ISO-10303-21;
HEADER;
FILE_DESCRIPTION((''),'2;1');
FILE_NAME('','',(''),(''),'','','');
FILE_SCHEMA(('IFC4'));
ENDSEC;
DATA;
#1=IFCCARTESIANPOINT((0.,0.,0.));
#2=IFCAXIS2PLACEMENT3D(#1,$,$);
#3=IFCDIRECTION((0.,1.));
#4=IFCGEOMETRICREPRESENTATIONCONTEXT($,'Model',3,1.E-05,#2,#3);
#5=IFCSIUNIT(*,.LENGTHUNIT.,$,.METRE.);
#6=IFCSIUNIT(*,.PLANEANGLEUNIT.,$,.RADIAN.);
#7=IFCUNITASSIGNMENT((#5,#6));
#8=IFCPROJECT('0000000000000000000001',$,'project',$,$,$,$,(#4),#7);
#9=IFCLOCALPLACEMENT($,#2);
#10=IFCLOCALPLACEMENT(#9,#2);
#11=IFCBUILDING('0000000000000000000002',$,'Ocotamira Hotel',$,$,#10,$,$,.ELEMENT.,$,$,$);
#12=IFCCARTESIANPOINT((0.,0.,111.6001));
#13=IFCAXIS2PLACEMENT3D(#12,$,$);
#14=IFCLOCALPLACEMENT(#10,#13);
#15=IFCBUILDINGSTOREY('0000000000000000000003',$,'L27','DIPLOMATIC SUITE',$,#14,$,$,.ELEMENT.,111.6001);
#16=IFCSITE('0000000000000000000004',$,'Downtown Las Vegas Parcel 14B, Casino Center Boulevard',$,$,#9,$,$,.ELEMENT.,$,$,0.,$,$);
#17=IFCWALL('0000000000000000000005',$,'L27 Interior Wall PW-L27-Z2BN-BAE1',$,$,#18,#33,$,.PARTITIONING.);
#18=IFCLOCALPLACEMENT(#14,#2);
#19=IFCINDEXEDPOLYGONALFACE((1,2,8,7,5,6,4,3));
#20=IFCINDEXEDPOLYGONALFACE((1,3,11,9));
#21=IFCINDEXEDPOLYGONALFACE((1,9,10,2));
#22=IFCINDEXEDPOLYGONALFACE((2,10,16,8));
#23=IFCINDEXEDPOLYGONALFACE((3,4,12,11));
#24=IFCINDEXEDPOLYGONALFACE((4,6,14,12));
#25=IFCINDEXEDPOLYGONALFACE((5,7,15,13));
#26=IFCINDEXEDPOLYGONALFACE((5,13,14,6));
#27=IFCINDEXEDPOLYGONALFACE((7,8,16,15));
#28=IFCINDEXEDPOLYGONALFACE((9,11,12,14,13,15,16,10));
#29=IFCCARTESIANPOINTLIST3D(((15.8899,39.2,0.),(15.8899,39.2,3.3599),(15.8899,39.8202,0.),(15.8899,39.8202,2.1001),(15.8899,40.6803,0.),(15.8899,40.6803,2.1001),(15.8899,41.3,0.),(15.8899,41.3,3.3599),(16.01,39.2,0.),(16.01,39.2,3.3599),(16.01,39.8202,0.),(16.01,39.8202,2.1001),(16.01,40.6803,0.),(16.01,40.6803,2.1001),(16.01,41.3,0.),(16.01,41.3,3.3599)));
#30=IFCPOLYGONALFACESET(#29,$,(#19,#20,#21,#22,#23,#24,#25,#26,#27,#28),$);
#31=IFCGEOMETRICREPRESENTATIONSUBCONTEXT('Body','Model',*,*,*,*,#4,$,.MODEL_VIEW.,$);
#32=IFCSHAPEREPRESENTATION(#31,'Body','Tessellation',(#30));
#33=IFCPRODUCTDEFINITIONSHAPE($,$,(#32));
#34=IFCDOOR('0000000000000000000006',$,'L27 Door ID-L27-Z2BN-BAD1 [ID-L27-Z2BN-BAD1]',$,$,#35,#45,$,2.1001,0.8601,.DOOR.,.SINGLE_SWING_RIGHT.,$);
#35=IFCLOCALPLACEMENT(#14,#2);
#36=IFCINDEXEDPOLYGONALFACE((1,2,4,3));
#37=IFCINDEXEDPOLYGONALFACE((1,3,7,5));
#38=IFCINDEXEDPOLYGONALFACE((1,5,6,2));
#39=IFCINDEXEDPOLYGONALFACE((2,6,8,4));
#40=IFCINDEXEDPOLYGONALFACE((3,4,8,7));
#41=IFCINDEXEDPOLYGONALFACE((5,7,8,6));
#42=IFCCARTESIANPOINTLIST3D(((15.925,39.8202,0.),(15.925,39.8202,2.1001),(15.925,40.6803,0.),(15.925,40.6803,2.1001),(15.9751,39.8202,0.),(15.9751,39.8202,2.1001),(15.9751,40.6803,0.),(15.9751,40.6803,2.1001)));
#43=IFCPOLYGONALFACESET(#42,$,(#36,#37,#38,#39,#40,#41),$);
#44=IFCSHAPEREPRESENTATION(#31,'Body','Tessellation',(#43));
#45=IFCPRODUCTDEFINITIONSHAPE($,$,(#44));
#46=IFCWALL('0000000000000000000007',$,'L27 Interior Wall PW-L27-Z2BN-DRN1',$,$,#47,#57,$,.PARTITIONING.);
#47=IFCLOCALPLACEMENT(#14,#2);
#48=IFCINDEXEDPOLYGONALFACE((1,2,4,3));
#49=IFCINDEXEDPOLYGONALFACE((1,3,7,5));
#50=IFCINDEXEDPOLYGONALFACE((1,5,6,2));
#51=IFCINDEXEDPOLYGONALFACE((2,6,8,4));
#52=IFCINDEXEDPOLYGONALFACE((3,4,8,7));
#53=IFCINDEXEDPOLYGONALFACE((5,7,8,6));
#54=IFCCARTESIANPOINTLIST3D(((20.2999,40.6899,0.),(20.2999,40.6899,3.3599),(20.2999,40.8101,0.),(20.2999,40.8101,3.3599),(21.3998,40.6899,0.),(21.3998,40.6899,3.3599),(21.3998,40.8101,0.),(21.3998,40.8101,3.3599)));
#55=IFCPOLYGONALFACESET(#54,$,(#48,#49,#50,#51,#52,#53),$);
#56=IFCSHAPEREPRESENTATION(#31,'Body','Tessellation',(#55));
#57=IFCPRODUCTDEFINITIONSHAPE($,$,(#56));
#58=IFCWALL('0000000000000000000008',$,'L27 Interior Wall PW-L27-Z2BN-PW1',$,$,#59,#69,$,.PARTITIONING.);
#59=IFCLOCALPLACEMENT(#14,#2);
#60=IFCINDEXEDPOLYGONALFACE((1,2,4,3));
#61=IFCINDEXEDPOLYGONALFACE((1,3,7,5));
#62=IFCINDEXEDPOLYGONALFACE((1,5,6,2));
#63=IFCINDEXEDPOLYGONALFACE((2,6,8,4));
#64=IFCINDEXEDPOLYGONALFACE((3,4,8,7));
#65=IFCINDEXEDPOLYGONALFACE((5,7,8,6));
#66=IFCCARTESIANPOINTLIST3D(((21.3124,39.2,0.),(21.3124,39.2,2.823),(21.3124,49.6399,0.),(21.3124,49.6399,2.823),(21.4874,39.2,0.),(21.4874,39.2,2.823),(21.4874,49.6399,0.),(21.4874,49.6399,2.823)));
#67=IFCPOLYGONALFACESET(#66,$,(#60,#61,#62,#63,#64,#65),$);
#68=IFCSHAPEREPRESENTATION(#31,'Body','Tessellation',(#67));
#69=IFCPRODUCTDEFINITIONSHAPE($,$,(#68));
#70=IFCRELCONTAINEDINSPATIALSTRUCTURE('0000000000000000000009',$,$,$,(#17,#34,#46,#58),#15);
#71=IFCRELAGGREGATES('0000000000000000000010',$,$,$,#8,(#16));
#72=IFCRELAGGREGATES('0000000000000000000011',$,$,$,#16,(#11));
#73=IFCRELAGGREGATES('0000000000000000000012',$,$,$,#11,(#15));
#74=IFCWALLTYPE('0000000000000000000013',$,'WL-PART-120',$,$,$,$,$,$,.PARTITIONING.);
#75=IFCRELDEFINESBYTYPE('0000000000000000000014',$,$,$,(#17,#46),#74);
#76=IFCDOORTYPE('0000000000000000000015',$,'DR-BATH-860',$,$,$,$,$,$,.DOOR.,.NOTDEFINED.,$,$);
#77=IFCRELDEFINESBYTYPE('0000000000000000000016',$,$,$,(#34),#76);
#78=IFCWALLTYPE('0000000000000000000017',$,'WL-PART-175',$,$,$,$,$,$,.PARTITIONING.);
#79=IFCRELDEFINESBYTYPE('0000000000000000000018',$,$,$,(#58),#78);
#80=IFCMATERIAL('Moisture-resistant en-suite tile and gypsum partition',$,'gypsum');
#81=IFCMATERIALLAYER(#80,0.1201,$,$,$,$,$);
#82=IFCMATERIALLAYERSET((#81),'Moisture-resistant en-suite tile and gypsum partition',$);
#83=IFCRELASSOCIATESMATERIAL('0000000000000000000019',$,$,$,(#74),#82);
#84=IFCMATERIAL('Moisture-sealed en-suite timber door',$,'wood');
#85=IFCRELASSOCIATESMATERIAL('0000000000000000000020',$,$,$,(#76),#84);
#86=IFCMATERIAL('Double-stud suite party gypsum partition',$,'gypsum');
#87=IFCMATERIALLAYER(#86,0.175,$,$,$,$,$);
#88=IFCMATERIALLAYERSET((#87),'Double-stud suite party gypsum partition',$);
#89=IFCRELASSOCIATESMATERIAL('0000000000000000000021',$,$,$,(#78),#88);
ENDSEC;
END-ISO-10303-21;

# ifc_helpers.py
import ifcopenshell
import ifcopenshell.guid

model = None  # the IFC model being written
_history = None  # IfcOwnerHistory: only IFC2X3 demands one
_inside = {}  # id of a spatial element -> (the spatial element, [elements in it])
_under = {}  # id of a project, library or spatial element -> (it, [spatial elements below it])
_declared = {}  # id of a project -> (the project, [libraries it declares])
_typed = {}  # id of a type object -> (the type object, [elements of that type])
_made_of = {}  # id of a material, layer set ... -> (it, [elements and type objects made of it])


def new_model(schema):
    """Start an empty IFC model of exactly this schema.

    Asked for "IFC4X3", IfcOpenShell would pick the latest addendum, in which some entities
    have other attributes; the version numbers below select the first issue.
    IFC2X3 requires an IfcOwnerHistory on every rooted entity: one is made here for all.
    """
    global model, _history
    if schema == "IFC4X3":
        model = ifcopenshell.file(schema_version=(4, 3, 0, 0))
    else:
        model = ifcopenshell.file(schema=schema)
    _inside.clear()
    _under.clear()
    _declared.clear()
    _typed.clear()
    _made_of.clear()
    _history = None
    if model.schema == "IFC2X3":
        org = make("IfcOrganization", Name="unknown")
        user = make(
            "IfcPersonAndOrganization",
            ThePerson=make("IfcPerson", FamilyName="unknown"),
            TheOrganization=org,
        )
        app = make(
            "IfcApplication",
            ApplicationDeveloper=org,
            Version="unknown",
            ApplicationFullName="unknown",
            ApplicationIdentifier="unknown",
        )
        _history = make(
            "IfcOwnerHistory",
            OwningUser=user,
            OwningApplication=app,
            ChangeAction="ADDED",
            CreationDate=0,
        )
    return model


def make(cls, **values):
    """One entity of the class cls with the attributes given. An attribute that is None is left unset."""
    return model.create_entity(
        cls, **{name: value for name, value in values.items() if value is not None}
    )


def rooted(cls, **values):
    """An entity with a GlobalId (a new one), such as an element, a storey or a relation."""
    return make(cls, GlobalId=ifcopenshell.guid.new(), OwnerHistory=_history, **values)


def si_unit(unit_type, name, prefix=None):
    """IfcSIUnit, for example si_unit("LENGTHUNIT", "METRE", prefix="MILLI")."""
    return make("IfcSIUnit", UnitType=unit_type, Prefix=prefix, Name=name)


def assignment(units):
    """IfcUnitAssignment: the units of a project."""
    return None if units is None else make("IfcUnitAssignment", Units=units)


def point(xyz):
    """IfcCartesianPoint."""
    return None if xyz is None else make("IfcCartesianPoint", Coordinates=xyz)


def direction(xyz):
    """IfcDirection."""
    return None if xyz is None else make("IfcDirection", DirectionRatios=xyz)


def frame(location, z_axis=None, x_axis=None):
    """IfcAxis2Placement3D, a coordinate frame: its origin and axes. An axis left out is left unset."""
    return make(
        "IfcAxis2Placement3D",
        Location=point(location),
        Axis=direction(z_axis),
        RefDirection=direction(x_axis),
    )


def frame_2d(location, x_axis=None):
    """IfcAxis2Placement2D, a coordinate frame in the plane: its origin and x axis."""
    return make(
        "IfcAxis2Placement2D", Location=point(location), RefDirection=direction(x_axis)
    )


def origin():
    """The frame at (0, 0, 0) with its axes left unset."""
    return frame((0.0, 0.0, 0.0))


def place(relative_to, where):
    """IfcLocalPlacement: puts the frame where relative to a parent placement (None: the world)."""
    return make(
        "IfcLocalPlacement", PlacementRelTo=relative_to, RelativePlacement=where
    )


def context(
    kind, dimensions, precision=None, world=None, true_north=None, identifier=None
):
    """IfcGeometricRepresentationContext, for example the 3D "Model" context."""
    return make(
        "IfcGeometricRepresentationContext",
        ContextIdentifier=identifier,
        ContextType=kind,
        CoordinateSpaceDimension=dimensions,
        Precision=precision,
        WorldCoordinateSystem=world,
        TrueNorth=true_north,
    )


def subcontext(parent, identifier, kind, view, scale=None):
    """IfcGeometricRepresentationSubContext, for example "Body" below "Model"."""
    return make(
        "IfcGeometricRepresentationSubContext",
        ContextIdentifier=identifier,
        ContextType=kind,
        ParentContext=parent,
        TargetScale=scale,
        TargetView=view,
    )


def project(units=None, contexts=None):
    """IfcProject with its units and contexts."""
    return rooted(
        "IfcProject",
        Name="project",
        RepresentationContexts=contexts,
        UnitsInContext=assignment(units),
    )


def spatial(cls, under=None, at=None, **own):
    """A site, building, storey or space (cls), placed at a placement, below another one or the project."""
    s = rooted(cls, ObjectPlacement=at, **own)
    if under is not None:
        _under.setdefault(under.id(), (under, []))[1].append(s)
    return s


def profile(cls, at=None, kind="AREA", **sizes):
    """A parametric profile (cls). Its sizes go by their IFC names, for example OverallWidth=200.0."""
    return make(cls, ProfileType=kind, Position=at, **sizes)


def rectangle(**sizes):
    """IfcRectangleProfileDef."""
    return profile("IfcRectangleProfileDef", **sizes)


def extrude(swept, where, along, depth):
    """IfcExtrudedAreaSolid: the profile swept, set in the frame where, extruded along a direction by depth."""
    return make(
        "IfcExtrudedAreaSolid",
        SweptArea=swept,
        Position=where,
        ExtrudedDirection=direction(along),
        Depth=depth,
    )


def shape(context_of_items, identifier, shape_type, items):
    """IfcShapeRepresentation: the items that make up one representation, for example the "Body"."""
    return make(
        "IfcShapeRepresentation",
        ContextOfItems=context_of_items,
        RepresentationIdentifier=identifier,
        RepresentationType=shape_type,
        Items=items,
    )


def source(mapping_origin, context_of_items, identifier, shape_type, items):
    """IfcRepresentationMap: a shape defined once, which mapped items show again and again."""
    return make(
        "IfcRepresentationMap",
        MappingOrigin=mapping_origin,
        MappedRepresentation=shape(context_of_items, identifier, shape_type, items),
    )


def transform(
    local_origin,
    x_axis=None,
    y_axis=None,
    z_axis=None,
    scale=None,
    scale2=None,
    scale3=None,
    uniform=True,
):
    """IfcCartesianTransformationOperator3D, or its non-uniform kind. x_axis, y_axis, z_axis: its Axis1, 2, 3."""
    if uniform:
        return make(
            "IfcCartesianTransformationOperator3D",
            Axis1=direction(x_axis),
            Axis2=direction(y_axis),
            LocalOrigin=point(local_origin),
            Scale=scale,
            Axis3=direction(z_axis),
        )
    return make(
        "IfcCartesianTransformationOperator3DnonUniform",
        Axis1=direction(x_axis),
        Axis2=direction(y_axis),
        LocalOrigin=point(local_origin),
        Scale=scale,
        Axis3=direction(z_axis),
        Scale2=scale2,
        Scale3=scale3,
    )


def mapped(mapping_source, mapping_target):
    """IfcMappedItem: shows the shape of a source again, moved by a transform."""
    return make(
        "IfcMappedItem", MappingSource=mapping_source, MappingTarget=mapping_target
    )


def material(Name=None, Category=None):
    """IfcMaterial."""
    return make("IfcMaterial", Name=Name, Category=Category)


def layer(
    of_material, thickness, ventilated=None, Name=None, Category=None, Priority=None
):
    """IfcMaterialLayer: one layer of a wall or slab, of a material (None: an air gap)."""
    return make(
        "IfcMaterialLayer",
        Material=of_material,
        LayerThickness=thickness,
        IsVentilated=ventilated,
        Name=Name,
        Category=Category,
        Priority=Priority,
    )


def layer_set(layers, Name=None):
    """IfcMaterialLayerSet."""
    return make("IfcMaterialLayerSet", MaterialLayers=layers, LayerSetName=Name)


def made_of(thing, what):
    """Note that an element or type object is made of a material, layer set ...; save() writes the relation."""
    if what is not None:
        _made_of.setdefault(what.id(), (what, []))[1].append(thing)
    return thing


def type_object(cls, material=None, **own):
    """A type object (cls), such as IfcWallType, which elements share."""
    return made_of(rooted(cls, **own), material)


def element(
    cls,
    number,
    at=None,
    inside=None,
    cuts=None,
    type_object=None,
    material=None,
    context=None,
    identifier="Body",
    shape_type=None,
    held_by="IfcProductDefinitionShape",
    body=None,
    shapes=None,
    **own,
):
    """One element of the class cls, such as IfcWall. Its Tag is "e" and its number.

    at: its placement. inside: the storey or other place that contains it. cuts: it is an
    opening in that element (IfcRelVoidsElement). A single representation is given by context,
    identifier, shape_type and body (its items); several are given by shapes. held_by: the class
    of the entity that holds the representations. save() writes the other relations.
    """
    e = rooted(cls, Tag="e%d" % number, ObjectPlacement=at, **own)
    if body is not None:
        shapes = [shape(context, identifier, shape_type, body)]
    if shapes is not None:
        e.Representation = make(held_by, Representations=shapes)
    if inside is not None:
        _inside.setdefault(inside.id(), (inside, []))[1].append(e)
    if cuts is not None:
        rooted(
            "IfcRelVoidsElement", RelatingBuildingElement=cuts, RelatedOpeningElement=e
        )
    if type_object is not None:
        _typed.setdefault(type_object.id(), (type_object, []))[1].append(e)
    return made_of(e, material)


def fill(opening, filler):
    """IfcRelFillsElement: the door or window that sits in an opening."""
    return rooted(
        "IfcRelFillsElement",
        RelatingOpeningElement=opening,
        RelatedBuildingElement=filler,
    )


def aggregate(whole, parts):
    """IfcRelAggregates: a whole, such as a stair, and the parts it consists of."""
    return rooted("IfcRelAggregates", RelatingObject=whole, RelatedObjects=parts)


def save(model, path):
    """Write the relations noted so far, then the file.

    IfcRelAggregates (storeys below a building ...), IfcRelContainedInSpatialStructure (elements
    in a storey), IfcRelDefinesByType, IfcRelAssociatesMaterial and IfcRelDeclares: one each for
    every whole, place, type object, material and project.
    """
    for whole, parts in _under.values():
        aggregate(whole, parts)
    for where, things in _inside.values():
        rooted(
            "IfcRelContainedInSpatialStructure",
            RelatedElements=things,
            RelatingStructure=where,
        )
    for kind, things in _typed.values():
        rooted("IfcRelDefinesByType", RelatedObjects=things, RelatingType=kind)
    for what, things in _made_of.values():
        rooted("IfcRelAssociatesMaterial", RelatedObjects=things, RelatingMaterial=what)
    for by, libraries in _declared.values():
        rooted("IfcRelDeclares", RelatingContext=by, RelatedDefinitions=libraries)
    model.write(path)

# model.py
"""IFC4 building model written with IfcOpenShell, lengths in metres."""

from ifc_helpers import new_model, si_unit, direction, frame, frame_2d, origin, place, context, subcontext, project, spatial, rectangle, extrude, source, transform, mapped, material, layer, layer_set, type_object, element, fill, save


model = new_model("IFC4")

# Units and contexts
model_context = context("Model", 3, precision=1e-05, world=origin(), true_north=direction((0.0, 1.0)))
body_context = subcontext(model_context, "Body", "Model", "MODEL_VIEW")
ifc_project = project(units=[si_unit("LENGTHUNIT", "METRE"), si_unit("PLANEANGLEUNIT", "RADIAN")], contexts=[model_context])

# Site, building, storey
site_placement = place(None, origin())
site = spatial("IfcSite", under=ifc_project, at=site_placement, Name="Downtown Las Vegas Parcel 14B, Casino Center Boulevard", CompositionType="ELEMENT", RefElevation=0.0)
building_placement = place(site_placement, origin())
building = spatial("IfcBuilding", under=site, at=building_placement, Name="Ocotamira Hotel", CompositionType="ELEMENT")
storey_placement = place(building_placement, frame((0.0, 0.0, 111.6001)))
storey = spatial("IfcBuildingStorey", under=building, at=storey_placement, Name="L27", Description="DIPLOMATIC SUITE", CompositionType="ELEMENT", Elevation=111.6001)

# Wall, opening, door
ifc_material_1 = material(Name="Moisture-resistant en-suite tile and gypsum partition", Category="gypsum")
ifc_layer_1 = layer(ifc_material_1, 0.1201)
ifc_layer_set_1 = layer_set([ifc_layer_1], Name="Moisture-resistant en-suite tile and gypsum partition")
wall_type_1 = type_object("IfcWallType", Name="WL-PART-120", PredefinedType="PARTITIONING", material=ifc_layer_set_1)
wall_1_placement = place(storey_placement, frame((15.95, 39.2, 0.0), z_axis=(0.0, 0.0, 1.0), x_axis=(0.0, 1.0, 0.0)))
wall_1 = element("IfcWall", 1, at=wall_1_placement, inside=storey, type_object=wall_type_1, Name="L27 Interior Wall PW-L27-Z2BN-BAE1", PredefinedType="PARTITIONING", context=body_context, shape_type="SweptSolid", body=[
    extrude(rectangle(XDim=2.1001, YDim=0.1201, at=frame_2d((1.05, 0.0))), origin(), (0.0, 0.0, 1.0), 3.3599),
])
opening_placement = place(wall_1_placement, frame((0.6201, 0.0, 0.0)))
opening = element("IfcOpeningElement", 2, at=opening_placement, cuts=wall_1, PredefinedType="OPENING", context=body_context, shape_type="SweptSolid", body=[
    extrude(rectangle(XDim=0.8601, YDim=2.1001, at=frame_2d((0.4302, 1.05))), frame((0.0, 0.0701, 0.0), z_axis=(0.0, -1.0, 0.0), x_axis=(1.0, 0.0, 0.0)), (0.0, 0.0, 1.0), 0.1401),
])
ifc_material_2 = material(Name="Moisture-sealed en-suite timber door", Category="wood")
door_type = type_object("IfcDoorType", Name="DR-BATH-860", OperationType="NOTDEFINED", PredefinedType="DOOR", material=ifc_material_2)
shared_shape_1 = source(origin(), body_context, "Body", "SweptSolid", [
    extrude(rectangle(XDim=0.8601, YDim=2.1001, at=frame_2d((0.4302, 1.05))), frame((0.0, 0.0249, 0.0), z_axis=(0.0, -1.0, 0.0), x_axis=(1.0, 0.0, 0.0)), (0.0, 0.0, 1.0), 0.05),
])
door_placement = place(opening_placement, origin())
door = element("IfcDoor", 3, at=door_placement, inside=storey, type_object=door_type, Name="L27 Door ID-L27-Z2BN-BAD1 [ID-L27-Z2BN-BAD1]", OperationType="SINGLE_SWING_RIGHT", OverallHeight=2.1001, OverallWidth=0.8601, PredefinedType="DOOR", context=body_context, shape_type="MappedRepresentation", body=[
    mapped(shared_shape_1, transform((0.0, 0.0, 0.0), scale=1.0)),
])
fill(opening, door)

# Walls
wall_2_placement = place(storey_placement, frame((20.3, 40.75, 0.0), z_axis=(0.0, 0.0, 1.0), x_axis=(1.0, 0.0, 0.0)))
element("IfcWall", 4, at=wall_2_placement, inside=storey, type_object=wall_type_1, Name="L27 Interior Wall PW-L27-Z2BN-DRN1", PredefinedType="PARTITIONING", context=body_context, shape_type="SweptSolid", body=[
    extrude(rectangle(XDim=1.0999, YDim=0.1201, at=frame_2d((0.5498, 0.0))), origin(), (0.0, 0.0, 1.0), 3.3599),
])
ifc_material_3 = material(Name="Double-stud suite party gypsum partition", Category="gypsum")
ifc_layer_2 = layer(ifc_material_3, 0.175)
ifc_layer_set_2 = layer_set([ifc_layer_2], Name="Double-stud suite party gypsum partition")
wall_type_2 = type_object("IfcWallType", Name="WL-PART-175", PredefinedType="PARTITIONING", material=ifc_layer_set_2)
wall_3_placement = place(storey_placement, frame((21.3999, 39.2, 0.0), z_axis=(0.0, 0.0, 1.0), x_axis=(0.0, 1.0, 0.0)))
element("IfcWall", 5, at=wall_3_placement, inside=storey, type_object=wall_type_2, Name="L27 Interior Wall PW-L27-Z2BN-PW1", PredefinedType="PARTITIONING", context=body_context, shape_type="SweptSolid", body=[
    extrude(rectangle(XDim=10.4399, YDim=0.175, at=frame_2d((5.22, 0.0))), origin(), (0.0, 0.0, 1.0), 2.823),
])

save(model, "model.ifc")
